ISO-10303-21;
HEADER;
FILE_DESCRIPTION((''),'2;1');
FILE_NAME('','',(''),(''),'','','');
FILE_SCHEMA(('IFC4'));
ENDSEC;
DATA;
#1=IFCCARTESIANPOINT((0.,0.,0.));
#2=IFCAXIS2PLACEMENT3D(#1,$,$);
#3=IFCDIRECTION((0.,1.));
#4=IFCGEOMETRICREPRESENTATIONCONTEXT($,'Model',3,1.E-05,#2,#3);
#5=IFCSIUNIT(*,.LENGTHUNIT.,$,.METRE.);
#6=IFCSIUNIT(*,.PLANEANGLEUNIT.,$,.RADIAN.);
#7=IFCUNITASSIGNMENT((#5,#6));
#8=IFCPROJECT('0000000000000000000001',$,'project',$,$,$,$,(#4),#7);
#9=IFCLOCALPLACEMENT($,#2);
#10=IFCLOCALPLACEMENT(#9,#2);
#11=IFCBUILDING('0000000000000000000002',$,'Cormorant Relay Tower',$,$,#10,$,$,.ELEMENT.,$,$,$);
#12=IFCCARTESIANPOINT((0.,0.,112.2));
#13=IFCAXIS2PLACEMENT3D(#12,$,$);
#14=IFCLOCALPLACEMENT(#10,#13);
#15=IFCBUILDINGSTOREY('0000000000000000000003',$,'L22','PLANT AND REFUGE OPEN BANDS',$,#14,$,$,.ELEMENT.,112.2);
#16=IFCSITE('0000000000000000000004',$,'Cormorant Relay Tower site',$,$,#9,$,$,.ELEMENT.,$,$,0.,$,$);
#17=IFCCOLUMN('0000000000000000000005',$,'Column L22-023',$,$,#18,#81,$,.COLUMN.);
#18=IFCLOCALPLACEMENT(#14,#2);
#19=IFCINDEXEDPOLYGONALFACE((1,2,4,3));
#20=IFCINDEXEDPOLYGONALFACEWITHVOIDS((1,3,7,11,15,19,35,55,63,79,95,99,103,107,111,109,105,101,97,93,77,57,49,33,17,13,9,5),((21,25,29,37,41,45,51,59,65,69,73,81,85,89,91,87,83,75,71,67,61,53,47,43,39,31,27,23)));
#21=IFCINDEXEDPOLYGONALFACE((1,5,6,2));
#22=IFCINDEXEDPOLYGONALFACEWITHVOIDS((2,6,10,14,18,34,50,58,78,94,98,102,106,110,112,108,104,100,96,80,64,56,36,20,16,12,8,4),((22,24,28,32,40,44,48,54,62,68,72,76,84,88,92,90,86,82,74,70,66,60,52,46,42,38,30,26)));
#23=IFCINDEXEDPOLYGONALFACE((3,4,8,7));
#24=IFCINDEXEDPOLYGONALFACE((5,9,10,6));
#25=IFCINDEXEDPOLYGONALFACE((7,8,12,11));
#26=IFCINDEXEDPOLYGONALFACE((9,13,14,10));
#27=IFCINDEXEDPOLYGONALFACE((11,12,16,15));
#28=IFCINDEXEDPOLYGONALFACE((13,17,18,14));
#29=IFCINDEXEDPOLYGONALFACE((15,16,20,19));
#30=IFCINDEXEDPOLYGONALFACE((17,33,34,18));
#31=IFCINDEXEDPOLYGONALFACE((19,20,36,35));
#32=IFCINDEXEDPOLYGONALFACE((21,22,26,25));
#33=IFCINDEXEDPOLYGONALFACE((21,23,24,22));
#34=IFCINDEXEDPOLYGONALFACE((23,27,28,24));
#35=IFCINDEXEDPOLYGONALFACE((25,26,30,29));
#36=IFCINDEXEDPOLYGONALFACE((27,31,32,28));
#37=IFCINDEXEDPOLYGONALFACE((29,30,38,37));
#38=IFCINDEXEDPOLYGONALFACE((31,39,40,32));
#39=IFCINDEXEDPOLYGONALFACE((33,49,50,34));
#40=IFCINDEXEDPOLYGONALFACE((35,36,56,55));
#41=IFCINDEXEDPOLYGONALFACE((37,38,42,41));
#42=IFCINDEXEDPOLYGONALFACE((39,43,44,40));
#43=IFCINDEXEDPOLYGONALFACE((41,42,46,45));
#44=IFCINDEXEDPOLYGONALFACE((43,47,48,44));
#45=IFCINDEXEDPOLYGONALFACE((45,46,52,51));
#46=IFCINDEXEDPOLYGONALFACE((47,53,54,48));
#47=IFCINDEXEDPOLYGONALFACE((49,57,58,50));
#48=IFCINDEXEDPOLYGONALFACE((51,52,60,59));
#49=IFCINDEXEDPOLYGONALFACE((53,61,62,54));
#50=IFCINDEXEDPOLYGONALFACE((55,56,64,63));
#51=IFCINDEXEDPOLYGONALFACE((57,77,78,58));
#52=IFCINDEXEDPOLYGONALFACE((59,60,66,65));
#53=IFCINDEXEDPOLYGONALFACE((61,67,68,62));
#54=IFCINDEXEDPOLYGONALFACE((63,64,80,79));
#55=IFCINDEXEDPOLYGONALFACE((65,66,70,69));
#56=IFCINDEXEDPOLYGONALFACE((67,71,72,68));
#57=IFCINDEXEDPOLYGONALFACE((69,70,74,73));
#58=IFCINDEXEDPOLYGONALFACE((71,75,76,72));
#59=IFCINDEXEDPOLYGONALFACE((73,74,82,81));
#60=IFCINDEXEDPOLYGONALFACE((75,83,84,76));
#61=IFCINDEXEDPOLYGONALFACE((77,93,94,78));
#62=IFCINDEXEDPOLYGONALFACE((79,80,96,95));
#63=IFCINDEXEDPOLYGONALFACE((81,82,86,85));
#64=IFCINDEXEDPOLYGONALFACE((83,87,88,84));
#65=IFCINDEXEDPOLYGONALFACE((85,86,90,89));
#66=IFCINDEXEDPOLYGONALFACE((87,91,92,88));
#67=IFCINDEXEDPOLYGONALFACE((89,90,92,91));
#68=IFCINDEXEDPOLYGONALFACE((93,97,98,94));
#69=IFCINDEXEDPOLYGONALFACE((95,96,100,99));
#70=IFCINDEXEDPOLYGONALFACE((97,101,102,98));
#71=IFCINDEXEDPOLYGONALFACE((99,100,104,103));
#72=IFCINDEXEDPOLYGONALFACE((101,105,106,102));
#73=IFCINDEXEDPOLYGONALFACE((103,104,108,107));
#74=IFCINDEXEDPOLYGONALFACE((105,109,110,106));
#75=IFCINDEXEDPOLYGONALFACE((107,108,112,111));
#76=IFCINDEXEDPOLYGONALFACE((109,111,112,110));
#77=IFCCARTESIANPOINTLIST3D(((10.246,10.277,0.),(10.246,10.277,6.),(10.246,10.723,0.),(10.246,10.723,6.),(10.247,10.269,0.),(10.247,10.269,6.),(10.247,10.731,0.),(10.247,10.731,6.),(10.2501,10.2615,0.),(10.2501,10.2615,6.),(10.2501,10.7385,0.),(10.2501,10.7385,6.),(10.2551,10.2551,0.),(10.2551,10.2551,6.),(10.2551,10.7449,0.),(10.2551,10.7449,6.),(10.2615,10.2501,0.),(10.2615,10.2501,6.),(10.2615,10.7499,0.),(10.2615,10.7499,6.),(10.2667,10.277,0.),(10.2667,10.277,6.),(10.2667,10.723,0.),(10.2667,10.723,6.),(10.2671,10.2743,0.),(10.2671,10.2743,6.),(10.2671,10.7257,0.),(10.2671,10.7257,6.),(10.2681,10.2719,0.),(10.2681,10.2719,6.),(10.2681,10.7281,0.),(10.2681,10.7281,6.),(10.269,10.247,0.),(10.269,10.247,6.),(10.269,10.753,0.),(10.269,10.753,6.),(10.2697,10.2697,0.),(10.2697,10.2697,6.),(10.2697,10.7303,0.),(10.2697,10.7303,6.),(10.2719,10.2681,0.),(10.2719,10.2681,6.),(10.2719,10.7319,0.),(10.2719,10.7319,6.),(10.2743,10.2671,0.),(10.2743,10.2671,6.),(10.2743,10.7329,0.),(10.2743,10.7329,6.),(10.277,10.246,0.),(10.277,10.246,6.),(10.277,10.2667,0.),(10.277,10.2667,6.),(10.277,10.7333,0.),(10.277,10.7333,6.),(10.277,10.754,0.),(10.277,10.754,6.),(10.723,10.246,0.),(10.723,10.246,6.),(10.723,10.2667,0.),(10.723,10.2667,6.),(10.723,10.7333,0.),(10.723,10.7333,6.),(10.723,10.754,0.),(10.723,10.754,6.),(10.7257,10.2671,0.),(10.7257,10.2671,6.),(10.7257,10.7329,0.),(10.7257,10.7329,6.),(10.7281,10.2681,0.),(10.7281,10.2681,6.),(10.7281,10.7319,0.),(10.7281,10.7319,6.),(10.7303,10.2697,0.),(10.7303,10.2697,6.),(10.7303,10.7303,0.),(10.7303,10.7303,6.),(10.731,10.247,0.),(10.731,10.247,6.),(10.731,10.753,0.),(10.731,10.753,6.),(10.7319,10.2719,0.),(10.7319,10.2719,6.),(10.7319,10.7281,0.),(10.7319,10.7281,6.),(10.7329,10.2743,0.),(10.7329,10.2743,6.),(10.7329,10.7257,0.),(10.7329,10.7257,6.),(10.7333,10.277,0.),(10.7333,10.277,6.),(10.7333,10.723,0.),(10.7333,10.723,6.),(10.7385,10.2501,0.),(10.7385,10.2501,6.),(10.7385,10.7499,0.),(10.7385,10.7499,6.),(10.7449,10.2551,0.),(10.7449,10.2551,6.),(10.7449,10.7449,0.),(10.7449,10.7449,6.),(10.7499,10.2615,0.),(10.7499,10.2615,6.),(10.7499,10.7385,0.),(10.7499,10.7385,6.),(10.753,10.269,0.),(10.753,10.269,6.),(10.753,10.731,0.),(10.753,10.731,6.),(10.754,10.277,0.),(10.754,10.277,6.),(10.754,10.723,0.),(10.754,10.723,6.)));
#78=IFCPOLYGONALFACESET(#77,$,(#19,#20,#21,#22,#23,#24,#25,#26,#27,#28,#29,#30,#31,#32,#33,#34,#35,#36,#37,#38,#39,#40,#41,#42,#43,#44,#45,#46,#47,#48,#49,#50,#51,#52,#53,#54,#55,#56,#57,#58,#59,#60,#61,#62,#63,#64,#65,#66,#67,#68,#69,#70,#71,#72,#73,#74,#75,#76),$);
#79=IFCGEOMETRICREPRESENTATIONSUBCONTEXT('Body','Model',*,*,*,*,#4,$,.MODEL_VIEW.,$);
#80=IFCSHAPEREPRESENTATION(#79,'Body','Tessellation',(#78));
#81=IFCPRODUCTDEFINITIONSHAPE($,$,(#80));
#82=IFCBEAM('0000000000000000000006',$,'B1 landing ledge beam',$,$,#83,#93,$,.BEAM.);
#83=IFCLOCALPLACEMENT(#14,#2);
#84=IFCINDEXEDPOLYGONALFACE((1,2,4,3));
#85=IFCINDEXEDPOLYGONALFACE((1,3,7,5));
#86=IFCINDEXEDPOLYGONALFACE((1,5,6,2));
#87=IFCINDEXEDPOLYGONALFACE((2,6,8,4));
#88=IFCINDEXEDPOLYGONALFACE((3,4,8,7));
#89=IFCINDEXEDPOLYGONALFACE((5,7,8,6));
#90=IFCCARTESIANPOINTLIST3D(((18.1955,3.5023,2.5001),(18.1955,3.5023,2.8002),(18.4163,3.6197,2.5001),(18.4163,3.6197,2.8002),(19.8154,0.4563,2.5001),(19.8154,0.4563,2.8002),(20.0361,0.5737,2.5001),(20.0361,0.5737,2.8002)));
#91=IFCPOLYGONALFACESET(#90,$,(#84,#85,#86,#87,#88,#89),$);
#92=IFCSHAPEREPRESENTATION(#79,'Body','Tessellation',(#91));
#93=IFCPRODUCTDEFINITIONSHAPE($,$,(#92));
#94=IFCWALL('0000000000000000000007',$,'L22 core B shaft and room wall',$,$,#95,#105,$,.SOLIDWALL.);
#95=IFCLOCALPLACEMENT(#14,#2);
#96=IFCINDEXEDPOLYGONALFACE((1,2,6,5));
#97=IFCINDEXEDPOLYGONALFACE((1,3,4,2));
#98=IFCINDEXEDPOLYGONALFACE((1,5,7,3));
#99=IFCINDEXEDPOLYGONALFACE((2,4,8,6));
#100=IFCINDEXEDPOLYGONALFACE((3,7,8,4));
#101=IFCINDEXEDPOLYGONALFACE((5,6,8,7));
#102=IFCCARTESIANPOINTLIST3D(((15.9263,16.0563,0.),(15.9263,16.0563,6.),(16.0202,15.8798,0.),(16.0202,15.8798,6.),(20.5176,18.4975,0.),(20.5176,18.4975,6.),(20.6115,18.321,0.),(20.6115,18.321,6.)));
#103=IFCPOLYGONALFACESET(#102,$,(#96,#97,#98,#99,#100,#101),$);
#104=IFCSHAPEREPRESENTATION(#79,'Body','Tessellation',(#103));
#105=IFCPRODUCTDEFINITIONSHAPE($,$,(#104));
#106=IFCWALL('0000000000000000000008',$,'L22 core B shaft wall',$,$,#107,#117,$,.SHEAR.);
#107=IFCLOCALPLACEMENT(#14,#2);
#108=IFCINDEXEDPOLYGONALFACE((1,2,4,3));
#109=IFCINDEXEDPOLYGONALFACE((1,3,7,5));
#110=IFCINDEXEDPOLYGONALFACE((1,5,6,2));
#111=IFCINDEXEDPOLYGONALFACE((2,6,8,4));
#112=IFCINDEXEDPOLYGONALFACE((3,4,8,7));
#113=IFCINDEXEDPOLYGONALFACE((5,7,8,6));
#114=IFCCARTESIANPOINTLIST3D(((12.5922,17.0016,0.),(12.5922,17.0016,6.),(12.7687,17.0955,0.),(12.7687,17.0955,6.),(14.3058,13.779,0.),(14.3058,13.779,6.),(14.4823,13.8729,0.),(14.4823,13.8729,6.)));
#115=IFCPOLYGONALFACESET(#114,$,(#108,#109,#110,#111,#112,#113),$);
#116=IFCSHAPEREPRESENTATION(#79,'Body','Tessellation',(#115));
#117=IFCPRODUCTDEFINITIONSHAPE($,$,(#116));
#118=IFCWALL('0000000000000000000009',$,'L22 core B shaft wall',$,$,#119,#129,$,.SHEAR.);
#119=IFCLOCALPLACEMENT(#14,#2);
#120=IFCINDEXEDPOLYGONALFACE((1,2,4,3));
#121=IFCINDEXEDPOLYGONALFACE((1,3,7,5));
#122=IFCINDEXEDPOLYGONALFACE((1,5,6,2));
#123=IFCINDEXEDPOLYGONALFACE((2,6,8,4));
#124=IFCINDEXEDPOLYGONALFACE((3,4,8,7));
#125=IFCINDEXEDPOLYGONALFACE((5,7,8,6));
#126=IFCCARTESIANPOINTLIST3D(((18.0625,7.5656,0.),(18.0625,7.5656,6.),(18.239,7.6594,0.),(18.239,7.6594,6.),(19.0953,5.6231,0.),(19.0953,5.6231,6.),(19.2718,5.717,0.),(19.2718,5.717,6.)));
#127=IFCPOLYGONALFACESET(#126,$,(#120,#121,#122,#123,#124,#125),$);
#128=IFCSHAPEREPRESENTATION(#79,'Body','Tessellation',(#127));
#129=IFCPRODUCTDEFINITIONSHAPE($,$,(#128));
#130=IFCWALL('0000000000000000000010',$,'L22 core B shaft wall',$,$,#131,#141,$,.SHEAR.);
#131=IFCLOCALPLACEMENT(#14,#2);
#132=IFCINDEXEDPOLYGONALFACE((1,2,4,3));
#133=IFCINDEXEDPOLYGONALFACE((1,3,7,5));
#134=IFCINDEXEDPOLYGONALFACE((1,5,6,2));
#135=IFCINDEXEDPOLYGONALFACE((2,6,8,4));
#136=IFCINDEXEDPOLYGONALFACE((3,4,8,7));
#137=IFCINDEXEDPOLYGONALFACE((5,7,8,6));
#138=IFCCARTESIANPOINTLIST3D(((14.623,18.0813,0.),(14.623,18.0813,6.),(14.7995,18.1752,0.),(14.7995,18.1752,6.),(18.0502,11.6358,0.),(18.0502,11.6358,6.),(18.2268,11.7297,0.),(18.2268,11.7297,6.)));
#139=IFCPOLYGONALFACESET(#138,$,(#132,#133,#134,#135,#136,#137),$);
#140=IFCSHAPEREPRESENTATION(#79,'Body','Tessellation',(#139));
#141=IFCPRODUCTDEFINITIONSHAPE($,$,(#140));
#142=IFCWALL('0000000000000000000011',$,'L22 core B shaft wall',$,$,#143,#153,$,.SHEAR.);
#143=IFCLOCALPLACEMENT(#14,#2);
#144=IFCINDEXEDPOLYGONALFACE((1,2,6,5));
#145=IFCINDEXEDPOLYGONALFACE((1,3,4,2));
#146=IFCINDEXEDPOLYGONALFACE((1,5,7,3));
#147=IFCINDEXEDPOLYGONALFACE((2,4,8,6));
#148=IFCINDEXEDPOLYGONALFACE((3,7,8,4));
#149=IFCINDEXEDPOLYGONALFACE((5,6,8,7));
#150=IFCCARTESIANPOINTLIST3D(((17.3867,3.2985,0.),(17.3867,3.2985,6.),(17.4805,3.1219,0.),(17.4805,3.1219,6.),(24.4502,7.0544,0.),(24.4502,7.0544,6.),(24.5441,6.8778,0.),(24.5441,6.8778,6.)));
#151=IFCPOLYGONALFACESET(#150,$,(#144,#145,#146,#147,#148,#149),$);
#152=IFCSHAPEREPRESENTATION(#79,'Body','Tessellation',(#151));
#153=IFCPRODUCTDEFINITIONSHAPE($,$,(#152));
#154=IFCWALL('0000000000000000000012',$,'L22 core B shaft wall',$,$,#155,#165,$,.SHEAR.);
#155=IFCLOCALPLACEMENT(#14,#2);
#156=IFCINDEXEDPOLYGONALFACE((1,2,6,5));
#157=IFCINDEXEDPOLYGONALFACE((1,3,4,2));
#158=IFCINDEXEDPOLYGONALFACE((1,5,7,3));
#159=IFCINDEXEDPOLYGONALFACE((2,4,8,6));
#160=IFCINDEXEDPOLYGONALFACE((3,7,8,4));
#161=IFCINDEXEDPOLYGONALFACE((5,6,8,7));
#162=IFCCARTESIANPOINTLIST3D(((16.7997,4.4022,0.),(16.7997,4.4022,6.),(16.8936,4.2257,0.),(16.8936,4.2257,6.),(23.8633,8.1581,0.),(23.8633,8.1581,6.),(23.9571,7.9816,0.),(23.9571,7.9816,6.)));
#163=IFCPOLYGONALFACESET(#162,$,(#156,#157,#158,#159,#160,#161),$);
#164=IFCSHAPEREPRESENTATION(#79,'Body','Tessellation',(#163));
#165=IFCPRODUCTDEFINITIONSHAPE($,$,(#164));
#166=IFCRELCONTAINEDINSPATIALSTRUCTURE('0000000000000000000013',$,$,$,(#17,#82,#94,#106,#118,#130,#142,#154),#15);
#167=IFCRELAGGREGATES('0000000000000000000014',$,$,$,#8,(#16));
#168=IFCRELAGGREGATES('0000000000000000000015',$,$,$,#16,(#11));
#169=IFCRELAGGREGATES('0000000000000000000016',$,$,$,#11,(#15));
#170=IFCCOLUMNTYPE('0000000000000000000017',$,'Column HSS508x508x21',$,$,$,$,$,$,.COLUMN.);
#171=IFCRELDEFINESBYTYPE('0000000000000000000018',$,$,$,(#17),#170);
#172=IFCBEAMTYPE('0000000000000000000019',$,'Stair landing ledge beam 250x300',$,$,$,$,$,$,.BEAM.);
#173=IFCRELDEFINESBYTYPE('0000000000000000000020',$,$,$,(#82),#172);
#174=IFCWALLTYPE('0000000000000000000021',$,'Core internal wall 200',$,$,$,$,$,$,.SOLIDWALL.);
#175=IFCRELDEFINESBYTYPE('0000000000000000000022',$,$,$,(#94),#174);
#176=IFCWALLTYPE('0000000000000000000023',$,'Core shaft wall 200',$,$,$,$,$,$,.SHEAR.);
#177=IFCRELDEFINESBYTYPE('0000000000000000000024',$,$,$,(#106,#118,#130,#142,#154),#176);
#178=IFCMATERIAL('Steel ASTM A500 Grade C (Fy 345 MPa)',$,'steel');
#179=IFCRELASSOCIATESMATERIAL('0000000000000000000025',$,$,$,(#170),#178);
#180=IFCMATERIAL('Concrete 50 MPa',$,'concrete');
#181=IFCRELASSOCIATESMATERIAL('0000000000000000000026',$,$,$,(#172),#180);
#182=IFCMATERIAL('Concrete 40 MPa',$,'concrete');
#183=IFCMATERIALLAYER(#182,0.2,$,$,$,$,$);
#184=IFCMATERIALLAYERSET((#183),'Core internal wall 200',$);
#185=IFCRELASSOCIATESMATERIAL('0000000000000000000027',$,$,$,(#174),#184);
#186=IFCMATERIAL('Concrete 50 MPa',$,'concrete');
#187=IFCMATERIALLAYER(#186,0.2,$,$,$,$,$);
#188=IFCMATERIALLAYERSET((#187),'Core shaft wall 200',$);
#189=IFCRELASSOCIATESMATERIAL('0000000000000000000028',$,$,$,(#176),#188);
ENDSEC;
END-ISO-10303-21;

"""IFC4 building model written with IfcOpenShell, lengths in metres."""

from ifc_helpers import new_model, si_unit, direction, frame, frame_2d, origin, origin_2d, place, context, subcontext, project, spatial, rectangle, hollow_rectangle, extrude, material, layer, layer_set, material_profile, profile_set, type_object, element, save


model = new_model("IFC4")

# Units and contexts
model_context = context("Model", 3, precision=1e-05, world=origin(), true_north=direction((0.0, 1.0)))
body_context = subcontext(model_context, "Body", "Model", "MODEL_VIEW")
ifc_project = project(units=[si_unit("LENGTHUNIT", "METRE"), si_unit("PLANEANGLEUNIT", "RADIAN")], contexts=[model_context])

# Site, building, storey
site_placement = place(None, origin())
site = spatial("IfcSite", under=ifc_project, at=site_placement, Name="Cormorant Relay Tower site", CompositionType="ELEMENT", RefElevation=0.0)
building_placement = place(site_placement, origin())
building = spatial("IfcBuilding", under=site, at=building_placement, Name="Cormorant Relay Tower", CompositionType="ELEMENT")
storey_placement = place(building_placement, frame((0.0, 0.0, 112.2)))
storey = spatial("IfcBuildingStorey", under=building, at=storey_placement, Name="L22", Description="PLANT AND REFUGE OPEN BANDS", CompositionType="ELEMENT", Elevation=112.2)

# Column
ifc_material_1 = material(Name="Steel ASTM A500 Grade C (Fy 345 MPa)", Category="steel")
ifc_material_profile_1 = material_profile(ifc_material_1, hollow_rectangle(XDim=0.5081, YDim=0.5081, WallThickness=0.0208, InnerFilletRadius=0.0103, OuterFilletRadius=0.031, at=origin_2d()), Name="HSS508x508x21")
ifc_profile_set_1 = profile_set([ifc_material_profile_1], Name="Steel ASTM A500 Grade C (Fy 345 MPa)")
column_type = type_object("IfcColumnType", Name="Column HSS508x508x21", PredefinedType="COLUMN", material=ifc_profile_set_1)
column_placement = place(storey_placement, frame((10.5, 10.5, 0.0), z_axis=(0.0, 0.0, 1.0), x_axis=(1.0, 0.0, 0.0)))
element("IfcColumn", 1, at=column_placement, inside=storey, type_object=column_type, Name="Column L22-023", PredefinedType="COLUMN", context=body_context, shape_type="SweptSolid", body=[
    extrude(hollow_rectangle(XDim=0.5081, YDim=0.5081, WallThickness=0.0208, InnerFilletRadius=0.0103, OuterFilletRadius=0.031, at=origin_2d()), origin(), (0.0, 0.0, 1.0), 6.0),
])

# Beam
ifc_material_2 = material(Name="Concrete 50 MPa", Category="concrete")
ifc_material_profile_2 = material_profile(ifc_material_2, rectangle(XDim=0.25, YDim=0.3, at=origin_2d()), Name="RC 250x300")
ifc_profile_set_2 = profile_set([ifc_material_profile_2], Name="Concrete 50 MPa")
beam_type = type_object("IfcBeamType", Name="Stair landing ledge beam 250x300", PredefinedType="BEAM", material=ifc_profile_set_2)
beam_placement = place(storey_placement, frame((18.3059, 3.561, 2.6501), z_axis=(0.469519, -0.882922, 0.0), x_axis=(0.882922, 0.469519, 0.0)))
element("IfcBeam", 2, at=beam_placement, inside=storey, type_object=beam_type, Name="B1 landing ledge beam", PredefinedType="BEAM", context=body_context, shape_type="SweptSolid", body=[
    extrude(rectangle(XDim=0.25, YDim=0.3, at=origin_2d()), origin(), (0.0, 0.0, 1.0), 3.45),
])

# Walls
ifc_material_3 = material(Name="Concrete 40 MPa", Category="concrete")
ifc_layer_1 = layer(ifc_material_3, 0.2)
ifc_layer_set_1 = layer_set([ifc_layer_1], Name="Core internal wall 200")
wall_type_1 = type_object("IfcWallType", Name="Core internal wall 200", PredefinedType="SOLIDWALL", material=ifc_layer_set_1)
wall_1_placement = place(storey_placement, frame((15.9731, 15.968, 0.0), z_axis=(0.0, 0.0, 1.0), x_axis=(0.882954, 0.46946, 0.0)))
element("IfcWall", 3, at=wall_1_placement, inside=storey, type_object=wall_type_1, Name="L22 core B shaft and room wall", PredefinedType="SOLIDWALL", context=body_context, shape_type="SweptSolid", body=[
    extrude(rectangle(XDim=5.2, YDim=0.2, at=frame_2d((2.6001, 0.0))), origin(), (0.0, 0.0, 1.0), 6.0),
])
ifc_material_4 = material(Name="Concrete 50 MPa", Category="concrete")
ifc_layer_2 = layer(ifc_material_4, 0.2)
ifc_layer_set_2 = layer_set([ifc_layer_2], Name="Core shaft wall 200")
wall_type_2 = type_object("IfcWallType", Name="Core shaft wall 200", PredefinedType="SHEAR", material=ifc_layer_set_2)
wall_2_placement = place(storey_placement, frame((14.394, 13.8259, 0.0), z_axis=(0.0, 0.0, 1.0), x_axis=(-0.469494, 0.882936, 0.0)))
element("IfcWall", 4, at=wall_2_placement, inside=storey, type_object=wall_type_2, Name="L22 core B shaft wall", PredefinedType="SHEAR", context=body_context, shape_type="SweptSolid", body=[
    extrude(rectangle(XDim=3.6499, YDim=0.2, at=frame_2d((1.825, 0.0))), origin(), (0.0, 0.0, 1.0), 6.0),
])
wall_3_placement = place(storey_placement, frame((19.1836, 5.6699, 0.0), z_axis=(0.0, 0.0, 1.0), x_axis=(-0.469447, 0.88296, 0.0)))
element("IfcWall", 5, at=wall_3_placement, inside=storey, type_object=wall_type_2, Name="L22 core B shaft wall", PredefinedType="SHEAR", context=body_context, shape_type="SweptSolid", body=[
    extrude(rectangle(XDim=2.2, YDim=0.2, at=frame_2d((1.1001, 0.0))), origin(), (0.0, 0.0, 1.0), 6.0),
])
wall_4_placement = place(storey_placement, frame((18.1384, 11.6829, 0.0), z_axis=(0.0, 0.0, 1.0), x_axis=(-0.46948, 0.882943, 0.0)))
element("IfcWall", 6, at=wall_4_placement, inside=storey, type_object=wall_type_2, Name="L22 core B shaft wall", PredefinedType="SHEAR", context=body_context, shape_type="SweptSolid", body=[
    extrude(rectangle(XDim=7.3, YDim=0.2, at=frame_2d((3.6499, 0.0))), origin(), (0.0, 0.0, 1.0), 6.0),
])
for number, where, z_axis, x_axis, name in (
    (7, (17.4336, 3.2102, 0.0), (0.0, 0.0, 1.0), (0.88294, 0.469485, 0.0), "L22 core B shaft wall"),
    (8, (16.8467, 4.314, 0.0), (0.0, 0.0, 1.0), (0.88294, 0.469485, 0.0), "L22 core B shaft wall"),
):
    element("IfcWall", number, at=place(storey_placement, frame(where, z_axis=z_axis, x_axis=x_axis)), inside=storey, type_object=wall_type_2, Name=name, PredefinedType="SHEAR", context=body_context, shape_type="SweptSolid", body=[
        extrude(rectangle(XDim=8.0, YDim=0.2, at=frame_2d((4.0, 0.0))), origin(), (0.0, 0.0, 1.0), 6.0),
    ])

save(model, "model.ifc")
